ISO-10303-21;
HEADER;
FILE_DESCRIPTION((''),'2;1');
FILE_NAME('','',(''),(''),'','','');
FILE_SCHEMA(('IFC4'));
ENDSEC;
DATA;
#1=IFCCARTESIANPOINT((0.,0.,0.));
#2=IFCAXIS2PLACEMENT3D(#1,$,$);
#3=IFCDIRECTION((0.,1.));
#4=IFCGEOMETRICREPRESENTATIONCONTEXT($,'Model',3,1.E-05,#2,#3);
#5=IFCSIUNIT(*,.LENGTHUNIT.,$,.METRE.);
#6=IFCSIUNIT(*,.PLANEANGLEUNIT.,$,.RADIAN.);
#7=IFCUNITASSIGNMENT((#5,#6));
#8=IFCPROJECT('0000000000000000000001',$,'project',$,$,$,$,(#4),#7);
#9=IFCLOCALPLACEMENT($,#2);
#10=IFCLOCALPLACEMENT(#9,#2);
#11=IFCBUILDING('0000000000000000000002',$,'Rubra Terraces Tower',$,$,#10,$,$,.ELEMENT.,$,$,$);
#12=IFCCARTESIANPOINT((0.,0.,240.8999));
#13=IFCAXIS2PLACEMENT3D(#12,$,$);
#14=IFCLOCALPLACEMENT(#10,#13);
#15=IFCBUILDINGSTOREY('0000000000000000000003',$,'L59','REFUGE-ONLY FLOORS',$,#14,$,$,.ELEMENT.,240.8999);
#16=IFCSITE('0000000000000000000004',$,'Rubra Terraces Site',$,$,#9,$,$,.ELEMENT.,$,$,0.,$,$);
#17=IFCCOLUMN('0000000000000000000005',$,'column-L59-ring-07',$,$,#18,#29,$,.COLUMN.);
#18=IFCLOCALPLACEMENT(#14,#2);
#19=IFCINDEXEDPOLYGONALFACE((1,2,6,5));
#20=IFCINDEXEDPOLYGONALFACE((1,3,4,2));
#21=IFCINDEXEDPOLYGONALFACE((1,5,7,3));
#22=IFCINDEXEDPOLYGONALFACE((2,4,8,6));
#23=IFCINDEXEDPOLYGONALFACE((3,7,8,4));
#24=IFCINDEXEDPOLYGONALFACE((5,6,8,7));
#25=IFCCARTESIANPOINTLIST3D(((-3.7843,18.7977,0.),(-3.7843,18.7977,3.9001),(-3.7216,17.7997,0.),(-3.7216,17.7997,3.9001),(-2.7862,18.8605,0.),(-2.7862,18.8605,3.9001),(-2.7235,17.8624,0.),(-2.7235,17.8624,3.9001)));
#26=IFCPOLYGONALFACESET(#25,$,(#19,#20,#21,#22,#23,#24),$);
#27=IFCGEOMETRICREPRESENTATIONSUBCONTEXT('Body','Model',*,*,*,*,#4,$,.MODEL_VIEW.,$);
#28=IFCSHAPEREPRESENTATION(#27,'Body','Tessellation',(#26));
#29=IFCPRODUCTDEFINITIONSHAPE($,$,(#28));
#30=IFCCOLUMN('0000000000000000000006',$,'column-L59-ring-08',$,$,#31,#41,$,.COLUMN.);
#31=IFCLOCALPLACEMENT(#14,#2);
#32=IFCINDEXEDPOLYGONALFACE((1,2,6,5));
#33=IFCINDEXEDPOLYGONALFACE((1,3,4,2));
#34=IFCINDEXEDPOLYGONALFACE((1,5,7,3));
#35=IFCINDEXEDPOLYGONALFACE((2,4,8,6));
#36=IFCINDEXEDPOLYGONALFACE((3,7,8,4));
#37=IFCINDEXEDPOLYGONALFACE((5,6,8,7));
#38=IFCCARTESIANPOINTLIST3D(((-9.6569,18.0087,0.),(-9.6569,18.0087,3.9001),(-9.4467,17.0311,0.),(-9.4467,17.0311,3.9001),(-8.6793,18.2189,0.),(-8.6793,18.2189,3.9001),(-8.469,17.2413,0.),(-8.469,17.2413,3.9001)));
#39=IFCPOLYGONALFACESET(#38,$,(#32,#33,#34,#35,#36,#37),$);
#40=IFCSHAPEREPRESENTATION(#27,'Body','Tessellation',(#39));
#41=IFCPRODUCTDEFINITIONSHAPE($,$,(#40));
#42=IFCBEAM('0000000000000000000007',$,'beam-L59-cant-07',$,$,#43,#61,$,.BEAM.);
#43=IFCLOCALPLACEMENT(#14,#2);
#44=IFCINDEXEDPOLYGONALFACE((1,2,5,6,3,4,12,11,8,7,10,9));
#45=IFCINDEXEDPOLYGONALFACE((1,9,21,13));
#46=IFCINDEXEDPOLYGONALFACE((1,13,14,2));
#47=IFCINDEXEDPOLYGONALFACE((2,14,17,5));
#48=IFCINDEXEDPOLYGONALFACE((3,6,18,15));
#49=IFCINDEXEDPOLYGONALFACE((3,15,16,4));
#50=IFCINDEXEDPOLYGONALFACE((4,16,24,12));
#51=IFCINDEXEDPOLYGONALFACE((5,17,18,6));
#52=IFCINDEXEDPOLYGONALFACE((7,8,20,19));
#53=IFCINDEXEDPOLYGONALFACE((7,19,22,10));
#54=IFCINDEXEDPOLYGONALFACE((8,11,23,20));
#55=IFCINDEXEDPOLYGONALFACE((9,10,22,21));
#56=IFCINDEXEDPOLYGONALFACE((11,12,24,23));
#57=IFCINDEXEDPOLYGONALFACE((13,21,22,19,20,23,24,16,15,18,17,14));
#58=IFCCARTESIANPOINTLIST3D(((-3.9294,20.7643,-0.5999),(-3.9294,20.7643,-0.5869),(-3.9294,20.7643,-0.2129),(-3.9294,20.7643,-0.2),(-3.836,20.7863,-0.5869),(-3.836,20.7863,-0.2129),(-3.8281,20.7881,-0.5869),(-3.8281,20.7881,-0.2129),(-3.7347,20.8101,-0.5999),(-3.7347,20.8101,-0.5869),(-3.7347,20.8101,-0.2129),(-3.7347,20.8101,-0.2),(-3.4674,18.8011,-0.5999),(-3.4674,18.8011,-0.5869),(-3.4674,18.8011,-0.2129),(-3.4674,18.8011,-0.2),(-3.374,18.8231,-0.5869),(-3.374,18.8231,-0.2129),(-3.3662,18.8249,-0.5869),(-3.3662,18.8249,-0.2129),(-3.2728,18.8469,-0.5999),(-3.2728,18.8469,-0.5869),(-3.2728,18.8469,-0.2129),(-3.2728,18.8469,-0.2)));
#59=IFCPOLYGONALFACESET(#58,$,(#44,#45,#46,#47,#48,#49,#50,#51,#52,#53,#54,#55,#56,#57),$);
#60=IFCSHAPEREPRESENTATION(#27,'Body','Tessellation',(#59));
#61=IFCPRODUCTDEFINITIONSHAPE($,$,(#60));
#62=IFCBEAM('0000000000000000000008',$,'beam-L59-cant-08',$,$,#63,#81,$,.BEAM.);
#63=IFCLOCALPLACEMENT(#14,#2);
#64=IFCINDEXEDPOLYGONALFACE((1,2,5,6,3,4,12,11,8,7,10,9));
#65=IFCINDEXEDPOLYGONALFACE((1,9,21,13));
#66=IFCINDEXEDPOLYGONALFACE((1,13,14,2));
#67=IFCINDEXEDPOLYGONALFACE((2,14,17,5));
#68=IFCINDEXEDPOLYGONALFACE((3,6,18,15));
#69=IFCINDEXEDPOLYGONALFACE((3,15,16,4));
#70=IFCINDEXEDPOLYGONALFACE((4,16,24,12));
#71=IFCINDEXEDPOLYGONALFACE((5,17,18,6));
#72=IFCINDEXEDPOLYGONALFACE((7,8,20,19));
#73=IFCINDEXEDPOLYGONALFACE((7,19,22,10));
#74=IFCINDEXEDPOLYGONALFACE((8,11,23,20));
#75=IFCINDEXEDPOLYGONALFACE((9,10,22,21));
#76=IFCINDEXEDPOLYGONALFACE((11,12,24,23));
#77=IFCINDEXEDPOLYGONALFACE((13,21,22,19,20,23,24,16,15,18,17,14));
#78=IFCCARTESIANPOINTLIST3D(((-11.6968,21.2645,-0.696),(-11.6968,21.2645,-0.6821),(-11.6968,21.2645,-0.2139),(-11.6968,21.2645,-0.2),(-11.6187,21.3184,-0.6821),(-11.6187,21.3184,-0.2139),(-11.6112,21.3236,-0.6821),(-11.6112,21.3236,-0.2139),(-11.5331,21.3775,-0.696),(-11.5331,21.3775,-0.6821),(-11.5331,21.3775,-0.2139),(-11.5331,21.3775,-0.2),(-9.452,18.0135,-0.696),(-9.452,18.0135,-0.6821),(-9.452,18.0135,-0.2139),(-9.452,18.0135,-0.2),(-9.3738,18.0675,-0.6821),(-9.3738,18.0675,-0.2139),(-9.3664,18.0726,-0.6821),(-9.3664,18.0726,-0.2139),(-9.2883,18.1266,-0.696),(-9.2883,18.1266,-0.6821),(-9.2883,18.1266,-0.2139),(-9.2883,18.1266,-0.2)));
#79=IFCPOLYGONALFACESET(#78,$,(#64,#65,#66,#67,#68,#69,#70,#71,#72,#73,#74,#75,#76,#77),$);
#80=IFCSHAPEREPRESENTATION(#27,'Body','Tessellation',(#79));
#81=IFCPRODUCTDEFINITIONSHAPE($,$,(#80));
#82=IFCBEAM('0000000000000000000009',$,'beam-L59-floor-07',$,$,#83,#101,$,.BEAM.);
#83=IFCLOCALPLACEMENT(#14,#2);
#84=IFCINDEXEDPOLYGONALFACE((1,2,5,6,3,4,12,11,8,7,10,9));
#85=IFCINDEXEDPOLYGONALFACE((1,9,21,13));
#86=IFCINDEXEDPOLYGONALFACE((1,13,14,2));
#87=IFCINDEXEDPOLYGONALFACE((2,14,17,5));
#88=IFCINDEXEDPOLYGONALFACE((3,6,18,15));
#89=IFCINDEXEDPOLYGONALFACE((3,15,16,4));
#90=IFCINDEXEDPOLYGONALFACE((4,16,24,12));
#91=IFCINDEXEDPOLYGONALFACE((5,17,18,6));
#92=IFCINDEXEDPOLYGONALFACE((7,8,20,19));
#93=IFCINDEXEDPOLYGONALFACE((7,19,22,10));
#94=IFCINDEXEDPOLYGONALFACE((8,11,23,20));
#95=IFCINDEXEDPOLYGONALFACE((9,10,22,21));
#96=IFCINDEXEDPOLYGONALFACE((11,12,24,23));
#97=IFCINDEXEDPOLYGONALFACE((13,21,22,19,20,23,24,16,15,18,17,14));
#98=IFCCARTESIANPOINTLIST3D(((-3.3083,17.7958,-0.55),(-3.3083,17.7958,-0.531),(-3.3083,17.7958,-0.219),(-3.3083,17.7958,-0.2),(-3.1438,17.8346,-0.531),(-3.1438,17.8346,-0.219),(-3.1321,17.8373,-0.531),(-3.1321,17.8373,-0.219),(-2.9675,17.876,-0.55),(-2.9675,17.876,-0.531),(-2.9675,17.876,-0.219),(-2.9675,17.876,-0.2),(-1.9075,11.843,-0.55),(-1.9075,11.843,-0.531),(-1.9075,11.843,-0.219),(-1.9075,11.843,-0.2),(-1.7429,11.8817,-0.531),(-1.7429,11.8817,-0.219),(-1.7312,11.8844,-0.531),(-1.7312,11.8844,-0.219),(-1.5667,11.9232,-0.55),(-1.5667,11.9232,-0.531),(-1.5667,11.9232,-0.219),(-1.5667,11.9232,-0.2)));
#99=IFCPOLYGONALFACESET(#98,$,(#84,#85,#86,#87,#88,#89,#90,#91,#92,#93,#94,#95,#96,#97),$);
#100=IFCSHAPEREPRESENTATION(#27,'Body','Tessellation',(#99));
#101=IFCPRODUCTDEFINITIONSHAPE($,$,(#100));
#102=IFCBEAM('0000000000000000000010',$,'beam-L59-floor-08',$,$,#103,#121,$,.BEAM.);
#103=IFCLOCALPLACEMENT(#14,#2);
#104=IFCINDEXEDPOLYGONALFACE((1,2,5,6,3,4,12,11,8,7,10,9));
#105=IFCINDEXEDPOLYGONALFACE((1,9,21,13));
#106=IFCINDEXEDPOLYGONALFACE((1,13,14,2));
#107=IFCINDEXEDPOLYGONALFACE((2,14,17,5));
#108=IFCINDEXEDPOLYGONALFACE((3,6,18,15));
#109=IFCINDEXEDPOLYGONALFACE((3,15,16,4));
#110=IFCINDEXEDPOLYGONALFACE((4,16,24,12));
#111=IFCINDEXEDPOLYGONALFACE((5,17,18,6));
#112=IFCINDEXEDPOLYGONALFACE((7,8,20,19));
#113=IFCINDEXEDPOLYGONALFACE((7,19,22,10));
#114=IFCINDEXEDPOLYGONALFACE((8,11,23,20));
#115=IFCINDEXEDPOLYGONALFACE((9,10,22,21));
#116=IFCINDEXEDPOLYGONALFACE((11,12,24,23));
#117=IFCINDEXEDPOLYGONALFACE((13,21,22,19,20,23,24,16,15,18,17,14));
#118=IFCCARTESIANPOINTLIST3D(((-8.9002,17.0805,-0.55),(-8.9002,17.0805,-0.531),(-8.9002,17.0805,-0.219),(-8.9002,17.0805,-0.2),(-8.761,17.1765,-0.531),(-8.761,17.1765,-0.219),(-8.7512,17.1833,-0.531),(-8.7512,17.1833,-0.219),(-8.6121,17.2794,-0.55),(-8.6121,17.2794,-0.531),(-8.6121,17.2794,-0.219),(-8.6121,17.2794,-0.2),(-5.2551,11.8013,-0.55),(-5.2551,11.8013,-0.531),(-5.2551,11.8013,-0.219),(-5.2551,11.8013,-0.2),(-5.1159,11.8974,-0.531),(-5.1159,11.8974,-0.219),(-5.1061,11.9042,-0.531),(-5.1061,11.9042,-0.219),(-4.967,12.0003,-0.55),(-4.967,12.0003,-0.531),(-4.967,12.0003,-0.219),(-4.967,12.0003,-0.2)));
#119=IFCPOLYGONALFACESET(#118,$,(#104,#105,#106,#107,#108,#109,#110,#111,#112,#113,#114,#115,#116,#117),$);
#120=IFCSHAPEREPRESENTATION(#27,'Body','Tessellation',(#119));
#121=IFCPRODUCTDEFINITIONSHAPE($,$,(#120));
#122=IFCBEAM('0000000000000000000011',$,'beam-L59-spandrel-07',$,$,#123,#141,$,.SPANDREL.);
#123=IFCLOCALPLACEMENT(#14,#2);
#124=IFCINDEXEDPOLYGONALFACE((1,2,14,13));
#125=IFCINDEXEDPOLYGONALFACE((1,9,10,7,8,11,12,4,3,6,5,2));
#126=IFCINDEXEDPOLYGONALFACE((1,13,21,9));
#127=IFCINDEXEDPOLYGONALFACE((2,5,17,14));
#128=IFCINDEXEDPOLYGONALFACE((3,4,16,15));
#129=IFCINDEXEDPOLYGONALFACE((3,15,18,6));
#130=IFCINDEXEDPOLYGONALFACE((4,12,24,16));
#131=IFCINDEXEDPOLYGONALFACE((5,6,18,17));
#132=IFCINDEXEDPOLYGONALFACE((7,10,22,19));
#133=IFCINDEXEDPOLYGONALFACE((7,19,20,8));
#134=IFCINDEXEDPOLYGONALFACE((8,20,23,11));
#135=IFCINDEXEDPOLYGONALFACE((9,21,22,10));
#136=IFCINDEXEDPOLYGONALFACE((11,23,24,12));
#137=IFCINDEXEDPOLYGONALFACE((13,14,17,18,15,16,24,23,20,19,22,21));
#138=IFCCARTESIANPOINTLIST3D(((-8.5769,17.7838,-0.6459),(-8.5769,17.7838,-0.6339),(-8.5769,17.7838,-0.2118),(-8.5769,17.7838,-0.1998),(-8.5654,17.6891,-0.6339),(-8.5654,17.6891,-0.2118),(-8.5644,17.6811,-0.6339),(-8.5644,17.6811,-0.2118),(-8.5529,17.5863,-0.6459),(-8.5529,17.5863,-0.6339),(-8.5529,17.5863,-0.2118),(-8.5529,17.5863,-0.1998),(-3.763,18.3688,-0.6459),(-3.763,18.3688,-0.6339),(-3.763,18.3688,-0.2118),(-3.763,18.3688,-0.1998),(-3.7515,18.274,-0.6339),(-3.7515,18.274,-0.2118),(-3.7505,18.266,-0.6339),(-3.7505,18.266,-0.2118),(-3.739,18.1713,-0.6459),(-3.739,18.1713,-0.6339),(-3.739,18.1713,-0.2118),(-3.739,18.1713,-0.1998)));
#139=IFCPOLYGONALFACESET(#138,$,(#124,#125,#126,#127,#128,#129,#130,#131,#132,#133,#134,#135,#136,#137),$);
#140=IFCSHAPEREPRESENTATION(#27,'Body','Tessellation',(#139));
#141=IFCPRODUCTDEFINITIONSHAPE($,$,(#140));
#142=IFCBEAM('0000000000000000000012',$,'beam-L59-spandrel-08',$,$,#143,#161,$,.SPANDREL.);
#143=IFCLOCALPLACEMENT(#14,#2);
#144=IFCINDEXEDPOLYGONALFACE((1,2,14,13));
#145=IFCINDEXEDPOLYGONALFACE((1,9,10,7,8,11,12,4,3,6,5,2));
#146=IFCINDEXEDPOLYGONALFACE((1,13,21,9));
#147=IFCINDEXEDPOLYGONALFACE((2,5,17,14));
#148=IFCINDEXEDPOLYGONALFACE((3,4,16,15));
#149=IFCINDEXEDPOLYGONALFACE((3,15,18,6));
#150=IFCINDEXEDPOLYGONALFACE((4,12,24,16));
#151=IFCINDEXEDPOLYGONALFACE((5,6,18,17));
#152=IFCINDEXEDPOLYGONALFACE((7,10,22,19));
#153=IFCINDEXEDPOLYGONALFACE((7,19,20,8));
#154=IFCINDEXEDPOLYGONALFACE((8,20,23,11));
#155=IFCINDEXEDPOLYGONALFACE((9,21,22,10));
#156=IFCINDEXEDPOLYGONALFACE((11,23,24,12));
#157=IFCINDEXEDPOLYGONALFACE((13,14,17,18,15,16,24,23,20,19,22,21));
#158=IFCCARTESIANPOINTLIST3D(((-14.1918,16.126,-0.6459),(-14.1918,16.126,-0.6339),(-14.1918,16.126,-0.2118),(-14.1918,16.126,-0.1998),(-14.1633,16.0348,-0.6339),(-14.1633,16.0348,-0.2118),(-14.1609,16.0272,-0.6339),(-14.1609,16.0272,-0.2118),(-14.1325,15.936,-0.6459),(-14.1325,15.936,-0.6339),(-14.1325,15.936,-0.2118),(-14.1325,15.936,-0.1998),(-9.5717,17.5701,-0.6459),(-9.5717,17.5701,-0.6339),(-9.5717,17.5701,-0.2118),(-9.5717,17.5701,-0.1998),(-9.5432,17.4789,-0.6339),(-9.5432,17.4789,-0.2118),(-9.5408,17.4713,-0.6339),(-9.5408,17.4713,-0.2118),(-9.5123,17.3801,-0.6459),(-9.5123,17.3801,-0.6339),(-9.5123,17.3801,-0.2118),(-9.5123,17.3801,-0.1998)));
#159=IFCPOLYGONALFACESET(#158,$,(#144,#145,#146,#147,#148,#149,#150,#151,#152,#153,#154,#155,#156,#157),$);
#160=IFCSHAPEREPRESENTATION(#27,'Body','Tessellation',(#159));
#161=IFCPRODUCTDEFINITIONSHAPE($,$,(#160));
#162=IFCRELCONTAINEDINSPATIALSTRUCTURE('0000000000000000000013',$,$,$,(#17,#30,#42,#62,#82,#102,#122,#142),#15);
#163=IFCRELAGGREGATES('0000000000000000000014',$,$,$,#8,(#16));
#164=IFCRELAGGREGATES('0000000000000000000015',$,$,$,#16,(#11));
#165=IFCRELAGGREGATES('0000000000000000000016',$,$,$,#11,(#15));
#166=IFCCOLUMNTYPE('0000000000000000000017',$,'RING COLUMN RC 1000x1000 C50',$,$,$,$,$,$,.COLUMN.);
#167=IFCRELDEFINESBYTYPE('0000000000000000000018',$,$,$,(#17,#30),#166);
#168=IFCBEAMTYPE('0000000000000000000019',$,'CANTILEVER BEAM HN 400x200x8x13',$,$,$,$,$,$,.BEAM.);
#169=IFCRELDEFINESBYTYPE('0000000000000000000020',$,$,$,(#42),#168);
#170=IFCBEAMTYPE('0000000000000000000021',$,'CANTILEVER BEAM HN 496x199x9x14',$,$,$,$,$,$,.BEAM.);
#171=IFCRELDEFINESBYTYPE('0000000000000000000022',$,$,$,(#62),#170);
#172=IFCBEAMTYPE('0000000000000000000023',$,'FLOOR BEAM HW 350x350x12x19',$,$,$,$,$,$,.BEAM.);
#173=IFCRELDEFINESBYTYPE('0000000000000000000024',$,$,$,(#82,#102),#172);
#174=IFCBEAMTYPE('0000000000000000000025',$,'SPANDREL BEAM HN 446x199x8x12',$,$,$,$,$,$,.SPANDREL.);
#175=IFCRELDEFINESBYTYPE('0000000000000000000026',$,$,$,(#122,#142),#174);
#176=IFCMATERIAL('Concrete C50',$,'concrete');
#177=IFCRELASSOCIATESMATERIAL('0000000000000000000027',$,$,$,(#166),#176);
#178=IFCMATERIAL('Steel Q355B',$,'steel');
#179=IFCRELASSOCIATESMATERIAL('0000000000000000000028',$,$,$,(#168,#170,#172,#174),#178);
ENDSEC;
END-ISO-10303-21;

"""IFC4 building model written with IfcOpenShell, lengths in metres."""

from ifc_helpers import new_model, si_unit, direction, frame, origin, origin_2d, place, context, subcontext, project, spatial, rectangle, i_section, extrude, material, material_profile, profile_set, type_object, element, save


model = new_model("IFC4")

# Units and contexts
model_context = context("Model", 3, precision=1e-05, world=origin(), true_north=direction((0.0, 1.0)))
body_context = subcontext(model_context, "Body", "Model", "MODEL_VIEW")
ifc_project = project(units=[si_unit("LENGTHUNIT", "METRE"), si_unit("PLANEANGLEUNIT", "RADIAN")], contexts=[model_context])

# Site, building, storey
site_placement = place(None, origin())
site = spatial("IfcSite", under=ifc_project, at=site_placement, Name="Rubra Terraces Site", CompositionType="ELEMENT", RefElevation=0.0)
building_placement = place(site_placement, origin())
building = spatial("IfcBuilding", under=site, at=building_placement, Name="Rubra Terraces Tower", CompositionType="ELEMENT")
storey_placement = place(building_placement, frame((0.0, 0.0, 240.8999)))
storey = spatial("IfcBuildingStorey", under=building, at=storey_placement, Name="L59", Description="REFUGE-ONLY FLOORS", CompositionType="ELEMENT", Elevation=240.8999)

# Columns
ifc_material_1 = material(Name="Concrete C50", Category="concrete")
ifc_material_profile_1 = material_profile(ifc_material_1, rectangle(XDim=1.0, YDim=1.0, at=origin_2d()), Name="RC 1000x1000")
ifc_profile_set_1 = profile_set([ifc_material_profile_1], Name="Concrete C50")
column_type = type_object("IfcColumnType", Name="RING COLUMN RC 1000x1000 C50", PredefinedType="COLUMN", material=ifc_profile_set_1)
for number, where, z_axis, x_axis, name in (
    (1, (-3.2539, 18.3301, 0.0), (0.0, 0.0, 1.0), (-0.998032, -0.062714, 0.0), "column-L59-ring-07"),
    (2, (-9.063, 17.625, 0.0), (0.0, 0.0, 1.0), (-0.977653, -0.210227, 0.0), "column-L59-ring-08"),
):
    element("IfcColumn", number, at=place(storey_placement, frame(where, z_axis=z_axis, x_axis=x_axis)), inside=storey, type_object=column_type, Name=name, PredefinedType="COLUMN", context=body_context, shape_type="SweptSolid", body=[
        extrude(rectangle(XDim=1.0, YDim=1.0, at=origin_2d()), origin(), (0.0, 0.0, 1.0), 3.9001),
    ])

# Beams
ifc_material_2 = material(Name="Steel Q355B", Category="steel")
ifc_material_profile_2 = material_profile(ifc_material_2, i_section(OverallWidth=0.2, OverallDepth=0.3999, WebThickness=0.0081, FlangeThickness=0.0129, at=origin_2d()), Name="HN 400x200x8x13")
ifc_profile_set_2 = profile_set([ifc_material_profile_2], Name="Steel Q355B")
beam_type_1 = type_object("IfcBeamType", Name="CANTILEVER BEAM HN 400x200x8x13", PredefinedType="BEAM", material=ifc_profile_set_2)
beam_1_placement = place(storey_placement, frame((-3.3701, 18.824, -0.3999), z_axis=(-0.229039, 0.973417, 0.0), x_axis=(-0.973417, -0.229039, 0.0)))
element("IfcBeam", 3, at=beam_1_placement, inside=storey, type_object=beam_type_1, Name="beam-L59-cant-07", PredefinedType="BEAM", context=body_context, shape_type="SweptSolid", body=[
    extrude(i_section(OverallWidth=0.2, OverallDepth=0.3999, WebThickness=0.0081, FlangeThickness=0.0129, at=origin_2d()), origin(), (0.0, 0.0, 1.0), 2.0168),
])
ifc_material_profile_3 = material_profile(ifc_material_2, i_section(OverallWidth=0.199, OverallDepth=0.4961, WebThickness=0.009, FlangeThickness=0.0139, at=origin_2d()), Name="HN 496x199x9x14")
ifc_profile_set_3 = profile_set([ifc_material_profile_3], Name="Steel Q355B")
beam_type_2 = type_object("IfcBeamType", Name="CANTILEVER BEAM HN 496x199x9x14", PredefinedType="BEAM", material=ifc_profile_set_3)
beam_2_placement = place(storey_placement, frame((-9.3701, 18.0701, -0.448), z_axis=(-0.568217, 0.822879, 0.0), x_axis=(-0.822879, -0.568217, 0.0)))
element("IfcBeam", 4, at=beam_2_placement, inside=storey, type_object=beam_type_2, Name="beam-L59-cant-08", PredefinedType="BEAM", context=body_context, shape_type="SweptSolid", body=[
    extrude(i_section(OverallWidth=0.199, OverallDepth=0.4961, WebThickness=0.009, FlangeThickness=0.0139, at=origin_2d()), origin(), (0.0, 0.0, 1.0), 3.9507),
])
ifc_material_profile_4 = material_profile(ifc_material_2, i_section(OverallWidth=0.3501, OverallDepth=0.3501, WebThickness=0.012, FlangeThickness=0.019, at=origin_2d()), Name="HW 350x350x12x19")
ifc_profile_set_4 = profile_set([ifc_material_profile_4], Name="Steel Q355B")
beam_type_3 = type_object("IfcBeamType", Name="FLOOR BEAM HW 350x350x12x19", PredefinedType="BEAM", material=ifc_profile_set_4)
beam_3_placement = place(storey_placement, frame((-3.1379, 17.8359, -0.375), z_axis=(0.22907, -0.97341, 0.0), x_axis=(0.97341, 0.22907, 0.0)))
element("IfcBeam", 5, at=beam_3_placement, inside=storey, type_object=beam_type_3, Name="beam-L59-floor-07", PredefinedType="BEAM", context=body_context, shape_type="SweptSolid", body=[
    extrude(i_section(OverallWidth=0.3501, OverallDepth=0.3501, WebThickness=0.012, FlangeThickness=0.019, at=origin_2d()), origin(), (0.0, 0.0, 1.0), 6.1155),
])
beam_4_placement = place(storey_placement, frame((-8.7561, 17.1799, -0.375), z_axis=(0.568186, -0.8229, 0.0), x_axis=(0.8229, 0.568186, 0.0)))
element("IfcBeam", 6, at=beam_4_placement, inside=storey, type_object=beam_type_3, Name="beam-L59-floor-08", PredefinedType="BEAM", context=body_context, shape_type="SweptSolid", body=[
    extrude(i_section(OverallWidth=0.3501, OverallDepth=0.3501, WebThickness=0.012, FlangeThickness=0.019, at=origin_2d()), origin(), (0.0, 0.0, 1.0), 6.4153),
])
ifc_material_profile_5 = material_profile(ifc_material_2, i_section(OverallWidth=0.199, OverallDepth=0.446, WebThickness=0.0081, FlangeThickness=0.012, at=origin_2d()), Name="HN 446x199x8x12")
ifc_profile_set_5 = profile_set([ifc_material_profile_5], Name="Steel Q355B")
beam_type_4 = type_object("IfcBeamType", Name="SPANDREL BEAM HN 446x199x8x12", PredefinedType="SPANDREL", material=ifc_profile_set_5)
beam_5_placement = place(storey_placement, frame((-3.751, 18.27, -0.4229), z_axis=(-0.992698, -0.120626, 0.0), x_axis=(0.120626, -0.992698, 0.0)))
element("IfcBeam", 7, at=beam_5_placement, inside=storey, type_object=beam_type_4, Name="beam-L59-spandrel-07", PredefinedType="SPANDREL", context=body_context, shape_type="SweptSolid", body=[
    extrude(i_section(OverallWidth=0.199, OverallDepth=0.446, WebThickness=0.0081, FlangeThickness=0.012, at=origin_2d()), origin(), (0.0, 0.0, 1.0), 4.8494),
])
beam_6_placement = place(storey_placement, frame((-9.542, 17.4751, -0.4229), z_axis=(-0.954462, -0.298332, 0.0), x_axis=(0.298332, -0.954462, 0.0)))
element("IfcBeam", 8, at=beam_6_placement, inside=storey, type_object=beam_type_4, Name="beam-L59-spandrel-08", PredefinedType="SPANDREL", context=body_context, shape_type="SweptSolid", body=[
    extrude(i_section(OverallWidth=0.199, OverallDepth=0.446, WebThickness=0.0081, FlangeThickness=0.012, at=origin_2d()), origin(), (0.0, 0.0, 1.0), 4.8406),
])

save(model, "model.ifc")
